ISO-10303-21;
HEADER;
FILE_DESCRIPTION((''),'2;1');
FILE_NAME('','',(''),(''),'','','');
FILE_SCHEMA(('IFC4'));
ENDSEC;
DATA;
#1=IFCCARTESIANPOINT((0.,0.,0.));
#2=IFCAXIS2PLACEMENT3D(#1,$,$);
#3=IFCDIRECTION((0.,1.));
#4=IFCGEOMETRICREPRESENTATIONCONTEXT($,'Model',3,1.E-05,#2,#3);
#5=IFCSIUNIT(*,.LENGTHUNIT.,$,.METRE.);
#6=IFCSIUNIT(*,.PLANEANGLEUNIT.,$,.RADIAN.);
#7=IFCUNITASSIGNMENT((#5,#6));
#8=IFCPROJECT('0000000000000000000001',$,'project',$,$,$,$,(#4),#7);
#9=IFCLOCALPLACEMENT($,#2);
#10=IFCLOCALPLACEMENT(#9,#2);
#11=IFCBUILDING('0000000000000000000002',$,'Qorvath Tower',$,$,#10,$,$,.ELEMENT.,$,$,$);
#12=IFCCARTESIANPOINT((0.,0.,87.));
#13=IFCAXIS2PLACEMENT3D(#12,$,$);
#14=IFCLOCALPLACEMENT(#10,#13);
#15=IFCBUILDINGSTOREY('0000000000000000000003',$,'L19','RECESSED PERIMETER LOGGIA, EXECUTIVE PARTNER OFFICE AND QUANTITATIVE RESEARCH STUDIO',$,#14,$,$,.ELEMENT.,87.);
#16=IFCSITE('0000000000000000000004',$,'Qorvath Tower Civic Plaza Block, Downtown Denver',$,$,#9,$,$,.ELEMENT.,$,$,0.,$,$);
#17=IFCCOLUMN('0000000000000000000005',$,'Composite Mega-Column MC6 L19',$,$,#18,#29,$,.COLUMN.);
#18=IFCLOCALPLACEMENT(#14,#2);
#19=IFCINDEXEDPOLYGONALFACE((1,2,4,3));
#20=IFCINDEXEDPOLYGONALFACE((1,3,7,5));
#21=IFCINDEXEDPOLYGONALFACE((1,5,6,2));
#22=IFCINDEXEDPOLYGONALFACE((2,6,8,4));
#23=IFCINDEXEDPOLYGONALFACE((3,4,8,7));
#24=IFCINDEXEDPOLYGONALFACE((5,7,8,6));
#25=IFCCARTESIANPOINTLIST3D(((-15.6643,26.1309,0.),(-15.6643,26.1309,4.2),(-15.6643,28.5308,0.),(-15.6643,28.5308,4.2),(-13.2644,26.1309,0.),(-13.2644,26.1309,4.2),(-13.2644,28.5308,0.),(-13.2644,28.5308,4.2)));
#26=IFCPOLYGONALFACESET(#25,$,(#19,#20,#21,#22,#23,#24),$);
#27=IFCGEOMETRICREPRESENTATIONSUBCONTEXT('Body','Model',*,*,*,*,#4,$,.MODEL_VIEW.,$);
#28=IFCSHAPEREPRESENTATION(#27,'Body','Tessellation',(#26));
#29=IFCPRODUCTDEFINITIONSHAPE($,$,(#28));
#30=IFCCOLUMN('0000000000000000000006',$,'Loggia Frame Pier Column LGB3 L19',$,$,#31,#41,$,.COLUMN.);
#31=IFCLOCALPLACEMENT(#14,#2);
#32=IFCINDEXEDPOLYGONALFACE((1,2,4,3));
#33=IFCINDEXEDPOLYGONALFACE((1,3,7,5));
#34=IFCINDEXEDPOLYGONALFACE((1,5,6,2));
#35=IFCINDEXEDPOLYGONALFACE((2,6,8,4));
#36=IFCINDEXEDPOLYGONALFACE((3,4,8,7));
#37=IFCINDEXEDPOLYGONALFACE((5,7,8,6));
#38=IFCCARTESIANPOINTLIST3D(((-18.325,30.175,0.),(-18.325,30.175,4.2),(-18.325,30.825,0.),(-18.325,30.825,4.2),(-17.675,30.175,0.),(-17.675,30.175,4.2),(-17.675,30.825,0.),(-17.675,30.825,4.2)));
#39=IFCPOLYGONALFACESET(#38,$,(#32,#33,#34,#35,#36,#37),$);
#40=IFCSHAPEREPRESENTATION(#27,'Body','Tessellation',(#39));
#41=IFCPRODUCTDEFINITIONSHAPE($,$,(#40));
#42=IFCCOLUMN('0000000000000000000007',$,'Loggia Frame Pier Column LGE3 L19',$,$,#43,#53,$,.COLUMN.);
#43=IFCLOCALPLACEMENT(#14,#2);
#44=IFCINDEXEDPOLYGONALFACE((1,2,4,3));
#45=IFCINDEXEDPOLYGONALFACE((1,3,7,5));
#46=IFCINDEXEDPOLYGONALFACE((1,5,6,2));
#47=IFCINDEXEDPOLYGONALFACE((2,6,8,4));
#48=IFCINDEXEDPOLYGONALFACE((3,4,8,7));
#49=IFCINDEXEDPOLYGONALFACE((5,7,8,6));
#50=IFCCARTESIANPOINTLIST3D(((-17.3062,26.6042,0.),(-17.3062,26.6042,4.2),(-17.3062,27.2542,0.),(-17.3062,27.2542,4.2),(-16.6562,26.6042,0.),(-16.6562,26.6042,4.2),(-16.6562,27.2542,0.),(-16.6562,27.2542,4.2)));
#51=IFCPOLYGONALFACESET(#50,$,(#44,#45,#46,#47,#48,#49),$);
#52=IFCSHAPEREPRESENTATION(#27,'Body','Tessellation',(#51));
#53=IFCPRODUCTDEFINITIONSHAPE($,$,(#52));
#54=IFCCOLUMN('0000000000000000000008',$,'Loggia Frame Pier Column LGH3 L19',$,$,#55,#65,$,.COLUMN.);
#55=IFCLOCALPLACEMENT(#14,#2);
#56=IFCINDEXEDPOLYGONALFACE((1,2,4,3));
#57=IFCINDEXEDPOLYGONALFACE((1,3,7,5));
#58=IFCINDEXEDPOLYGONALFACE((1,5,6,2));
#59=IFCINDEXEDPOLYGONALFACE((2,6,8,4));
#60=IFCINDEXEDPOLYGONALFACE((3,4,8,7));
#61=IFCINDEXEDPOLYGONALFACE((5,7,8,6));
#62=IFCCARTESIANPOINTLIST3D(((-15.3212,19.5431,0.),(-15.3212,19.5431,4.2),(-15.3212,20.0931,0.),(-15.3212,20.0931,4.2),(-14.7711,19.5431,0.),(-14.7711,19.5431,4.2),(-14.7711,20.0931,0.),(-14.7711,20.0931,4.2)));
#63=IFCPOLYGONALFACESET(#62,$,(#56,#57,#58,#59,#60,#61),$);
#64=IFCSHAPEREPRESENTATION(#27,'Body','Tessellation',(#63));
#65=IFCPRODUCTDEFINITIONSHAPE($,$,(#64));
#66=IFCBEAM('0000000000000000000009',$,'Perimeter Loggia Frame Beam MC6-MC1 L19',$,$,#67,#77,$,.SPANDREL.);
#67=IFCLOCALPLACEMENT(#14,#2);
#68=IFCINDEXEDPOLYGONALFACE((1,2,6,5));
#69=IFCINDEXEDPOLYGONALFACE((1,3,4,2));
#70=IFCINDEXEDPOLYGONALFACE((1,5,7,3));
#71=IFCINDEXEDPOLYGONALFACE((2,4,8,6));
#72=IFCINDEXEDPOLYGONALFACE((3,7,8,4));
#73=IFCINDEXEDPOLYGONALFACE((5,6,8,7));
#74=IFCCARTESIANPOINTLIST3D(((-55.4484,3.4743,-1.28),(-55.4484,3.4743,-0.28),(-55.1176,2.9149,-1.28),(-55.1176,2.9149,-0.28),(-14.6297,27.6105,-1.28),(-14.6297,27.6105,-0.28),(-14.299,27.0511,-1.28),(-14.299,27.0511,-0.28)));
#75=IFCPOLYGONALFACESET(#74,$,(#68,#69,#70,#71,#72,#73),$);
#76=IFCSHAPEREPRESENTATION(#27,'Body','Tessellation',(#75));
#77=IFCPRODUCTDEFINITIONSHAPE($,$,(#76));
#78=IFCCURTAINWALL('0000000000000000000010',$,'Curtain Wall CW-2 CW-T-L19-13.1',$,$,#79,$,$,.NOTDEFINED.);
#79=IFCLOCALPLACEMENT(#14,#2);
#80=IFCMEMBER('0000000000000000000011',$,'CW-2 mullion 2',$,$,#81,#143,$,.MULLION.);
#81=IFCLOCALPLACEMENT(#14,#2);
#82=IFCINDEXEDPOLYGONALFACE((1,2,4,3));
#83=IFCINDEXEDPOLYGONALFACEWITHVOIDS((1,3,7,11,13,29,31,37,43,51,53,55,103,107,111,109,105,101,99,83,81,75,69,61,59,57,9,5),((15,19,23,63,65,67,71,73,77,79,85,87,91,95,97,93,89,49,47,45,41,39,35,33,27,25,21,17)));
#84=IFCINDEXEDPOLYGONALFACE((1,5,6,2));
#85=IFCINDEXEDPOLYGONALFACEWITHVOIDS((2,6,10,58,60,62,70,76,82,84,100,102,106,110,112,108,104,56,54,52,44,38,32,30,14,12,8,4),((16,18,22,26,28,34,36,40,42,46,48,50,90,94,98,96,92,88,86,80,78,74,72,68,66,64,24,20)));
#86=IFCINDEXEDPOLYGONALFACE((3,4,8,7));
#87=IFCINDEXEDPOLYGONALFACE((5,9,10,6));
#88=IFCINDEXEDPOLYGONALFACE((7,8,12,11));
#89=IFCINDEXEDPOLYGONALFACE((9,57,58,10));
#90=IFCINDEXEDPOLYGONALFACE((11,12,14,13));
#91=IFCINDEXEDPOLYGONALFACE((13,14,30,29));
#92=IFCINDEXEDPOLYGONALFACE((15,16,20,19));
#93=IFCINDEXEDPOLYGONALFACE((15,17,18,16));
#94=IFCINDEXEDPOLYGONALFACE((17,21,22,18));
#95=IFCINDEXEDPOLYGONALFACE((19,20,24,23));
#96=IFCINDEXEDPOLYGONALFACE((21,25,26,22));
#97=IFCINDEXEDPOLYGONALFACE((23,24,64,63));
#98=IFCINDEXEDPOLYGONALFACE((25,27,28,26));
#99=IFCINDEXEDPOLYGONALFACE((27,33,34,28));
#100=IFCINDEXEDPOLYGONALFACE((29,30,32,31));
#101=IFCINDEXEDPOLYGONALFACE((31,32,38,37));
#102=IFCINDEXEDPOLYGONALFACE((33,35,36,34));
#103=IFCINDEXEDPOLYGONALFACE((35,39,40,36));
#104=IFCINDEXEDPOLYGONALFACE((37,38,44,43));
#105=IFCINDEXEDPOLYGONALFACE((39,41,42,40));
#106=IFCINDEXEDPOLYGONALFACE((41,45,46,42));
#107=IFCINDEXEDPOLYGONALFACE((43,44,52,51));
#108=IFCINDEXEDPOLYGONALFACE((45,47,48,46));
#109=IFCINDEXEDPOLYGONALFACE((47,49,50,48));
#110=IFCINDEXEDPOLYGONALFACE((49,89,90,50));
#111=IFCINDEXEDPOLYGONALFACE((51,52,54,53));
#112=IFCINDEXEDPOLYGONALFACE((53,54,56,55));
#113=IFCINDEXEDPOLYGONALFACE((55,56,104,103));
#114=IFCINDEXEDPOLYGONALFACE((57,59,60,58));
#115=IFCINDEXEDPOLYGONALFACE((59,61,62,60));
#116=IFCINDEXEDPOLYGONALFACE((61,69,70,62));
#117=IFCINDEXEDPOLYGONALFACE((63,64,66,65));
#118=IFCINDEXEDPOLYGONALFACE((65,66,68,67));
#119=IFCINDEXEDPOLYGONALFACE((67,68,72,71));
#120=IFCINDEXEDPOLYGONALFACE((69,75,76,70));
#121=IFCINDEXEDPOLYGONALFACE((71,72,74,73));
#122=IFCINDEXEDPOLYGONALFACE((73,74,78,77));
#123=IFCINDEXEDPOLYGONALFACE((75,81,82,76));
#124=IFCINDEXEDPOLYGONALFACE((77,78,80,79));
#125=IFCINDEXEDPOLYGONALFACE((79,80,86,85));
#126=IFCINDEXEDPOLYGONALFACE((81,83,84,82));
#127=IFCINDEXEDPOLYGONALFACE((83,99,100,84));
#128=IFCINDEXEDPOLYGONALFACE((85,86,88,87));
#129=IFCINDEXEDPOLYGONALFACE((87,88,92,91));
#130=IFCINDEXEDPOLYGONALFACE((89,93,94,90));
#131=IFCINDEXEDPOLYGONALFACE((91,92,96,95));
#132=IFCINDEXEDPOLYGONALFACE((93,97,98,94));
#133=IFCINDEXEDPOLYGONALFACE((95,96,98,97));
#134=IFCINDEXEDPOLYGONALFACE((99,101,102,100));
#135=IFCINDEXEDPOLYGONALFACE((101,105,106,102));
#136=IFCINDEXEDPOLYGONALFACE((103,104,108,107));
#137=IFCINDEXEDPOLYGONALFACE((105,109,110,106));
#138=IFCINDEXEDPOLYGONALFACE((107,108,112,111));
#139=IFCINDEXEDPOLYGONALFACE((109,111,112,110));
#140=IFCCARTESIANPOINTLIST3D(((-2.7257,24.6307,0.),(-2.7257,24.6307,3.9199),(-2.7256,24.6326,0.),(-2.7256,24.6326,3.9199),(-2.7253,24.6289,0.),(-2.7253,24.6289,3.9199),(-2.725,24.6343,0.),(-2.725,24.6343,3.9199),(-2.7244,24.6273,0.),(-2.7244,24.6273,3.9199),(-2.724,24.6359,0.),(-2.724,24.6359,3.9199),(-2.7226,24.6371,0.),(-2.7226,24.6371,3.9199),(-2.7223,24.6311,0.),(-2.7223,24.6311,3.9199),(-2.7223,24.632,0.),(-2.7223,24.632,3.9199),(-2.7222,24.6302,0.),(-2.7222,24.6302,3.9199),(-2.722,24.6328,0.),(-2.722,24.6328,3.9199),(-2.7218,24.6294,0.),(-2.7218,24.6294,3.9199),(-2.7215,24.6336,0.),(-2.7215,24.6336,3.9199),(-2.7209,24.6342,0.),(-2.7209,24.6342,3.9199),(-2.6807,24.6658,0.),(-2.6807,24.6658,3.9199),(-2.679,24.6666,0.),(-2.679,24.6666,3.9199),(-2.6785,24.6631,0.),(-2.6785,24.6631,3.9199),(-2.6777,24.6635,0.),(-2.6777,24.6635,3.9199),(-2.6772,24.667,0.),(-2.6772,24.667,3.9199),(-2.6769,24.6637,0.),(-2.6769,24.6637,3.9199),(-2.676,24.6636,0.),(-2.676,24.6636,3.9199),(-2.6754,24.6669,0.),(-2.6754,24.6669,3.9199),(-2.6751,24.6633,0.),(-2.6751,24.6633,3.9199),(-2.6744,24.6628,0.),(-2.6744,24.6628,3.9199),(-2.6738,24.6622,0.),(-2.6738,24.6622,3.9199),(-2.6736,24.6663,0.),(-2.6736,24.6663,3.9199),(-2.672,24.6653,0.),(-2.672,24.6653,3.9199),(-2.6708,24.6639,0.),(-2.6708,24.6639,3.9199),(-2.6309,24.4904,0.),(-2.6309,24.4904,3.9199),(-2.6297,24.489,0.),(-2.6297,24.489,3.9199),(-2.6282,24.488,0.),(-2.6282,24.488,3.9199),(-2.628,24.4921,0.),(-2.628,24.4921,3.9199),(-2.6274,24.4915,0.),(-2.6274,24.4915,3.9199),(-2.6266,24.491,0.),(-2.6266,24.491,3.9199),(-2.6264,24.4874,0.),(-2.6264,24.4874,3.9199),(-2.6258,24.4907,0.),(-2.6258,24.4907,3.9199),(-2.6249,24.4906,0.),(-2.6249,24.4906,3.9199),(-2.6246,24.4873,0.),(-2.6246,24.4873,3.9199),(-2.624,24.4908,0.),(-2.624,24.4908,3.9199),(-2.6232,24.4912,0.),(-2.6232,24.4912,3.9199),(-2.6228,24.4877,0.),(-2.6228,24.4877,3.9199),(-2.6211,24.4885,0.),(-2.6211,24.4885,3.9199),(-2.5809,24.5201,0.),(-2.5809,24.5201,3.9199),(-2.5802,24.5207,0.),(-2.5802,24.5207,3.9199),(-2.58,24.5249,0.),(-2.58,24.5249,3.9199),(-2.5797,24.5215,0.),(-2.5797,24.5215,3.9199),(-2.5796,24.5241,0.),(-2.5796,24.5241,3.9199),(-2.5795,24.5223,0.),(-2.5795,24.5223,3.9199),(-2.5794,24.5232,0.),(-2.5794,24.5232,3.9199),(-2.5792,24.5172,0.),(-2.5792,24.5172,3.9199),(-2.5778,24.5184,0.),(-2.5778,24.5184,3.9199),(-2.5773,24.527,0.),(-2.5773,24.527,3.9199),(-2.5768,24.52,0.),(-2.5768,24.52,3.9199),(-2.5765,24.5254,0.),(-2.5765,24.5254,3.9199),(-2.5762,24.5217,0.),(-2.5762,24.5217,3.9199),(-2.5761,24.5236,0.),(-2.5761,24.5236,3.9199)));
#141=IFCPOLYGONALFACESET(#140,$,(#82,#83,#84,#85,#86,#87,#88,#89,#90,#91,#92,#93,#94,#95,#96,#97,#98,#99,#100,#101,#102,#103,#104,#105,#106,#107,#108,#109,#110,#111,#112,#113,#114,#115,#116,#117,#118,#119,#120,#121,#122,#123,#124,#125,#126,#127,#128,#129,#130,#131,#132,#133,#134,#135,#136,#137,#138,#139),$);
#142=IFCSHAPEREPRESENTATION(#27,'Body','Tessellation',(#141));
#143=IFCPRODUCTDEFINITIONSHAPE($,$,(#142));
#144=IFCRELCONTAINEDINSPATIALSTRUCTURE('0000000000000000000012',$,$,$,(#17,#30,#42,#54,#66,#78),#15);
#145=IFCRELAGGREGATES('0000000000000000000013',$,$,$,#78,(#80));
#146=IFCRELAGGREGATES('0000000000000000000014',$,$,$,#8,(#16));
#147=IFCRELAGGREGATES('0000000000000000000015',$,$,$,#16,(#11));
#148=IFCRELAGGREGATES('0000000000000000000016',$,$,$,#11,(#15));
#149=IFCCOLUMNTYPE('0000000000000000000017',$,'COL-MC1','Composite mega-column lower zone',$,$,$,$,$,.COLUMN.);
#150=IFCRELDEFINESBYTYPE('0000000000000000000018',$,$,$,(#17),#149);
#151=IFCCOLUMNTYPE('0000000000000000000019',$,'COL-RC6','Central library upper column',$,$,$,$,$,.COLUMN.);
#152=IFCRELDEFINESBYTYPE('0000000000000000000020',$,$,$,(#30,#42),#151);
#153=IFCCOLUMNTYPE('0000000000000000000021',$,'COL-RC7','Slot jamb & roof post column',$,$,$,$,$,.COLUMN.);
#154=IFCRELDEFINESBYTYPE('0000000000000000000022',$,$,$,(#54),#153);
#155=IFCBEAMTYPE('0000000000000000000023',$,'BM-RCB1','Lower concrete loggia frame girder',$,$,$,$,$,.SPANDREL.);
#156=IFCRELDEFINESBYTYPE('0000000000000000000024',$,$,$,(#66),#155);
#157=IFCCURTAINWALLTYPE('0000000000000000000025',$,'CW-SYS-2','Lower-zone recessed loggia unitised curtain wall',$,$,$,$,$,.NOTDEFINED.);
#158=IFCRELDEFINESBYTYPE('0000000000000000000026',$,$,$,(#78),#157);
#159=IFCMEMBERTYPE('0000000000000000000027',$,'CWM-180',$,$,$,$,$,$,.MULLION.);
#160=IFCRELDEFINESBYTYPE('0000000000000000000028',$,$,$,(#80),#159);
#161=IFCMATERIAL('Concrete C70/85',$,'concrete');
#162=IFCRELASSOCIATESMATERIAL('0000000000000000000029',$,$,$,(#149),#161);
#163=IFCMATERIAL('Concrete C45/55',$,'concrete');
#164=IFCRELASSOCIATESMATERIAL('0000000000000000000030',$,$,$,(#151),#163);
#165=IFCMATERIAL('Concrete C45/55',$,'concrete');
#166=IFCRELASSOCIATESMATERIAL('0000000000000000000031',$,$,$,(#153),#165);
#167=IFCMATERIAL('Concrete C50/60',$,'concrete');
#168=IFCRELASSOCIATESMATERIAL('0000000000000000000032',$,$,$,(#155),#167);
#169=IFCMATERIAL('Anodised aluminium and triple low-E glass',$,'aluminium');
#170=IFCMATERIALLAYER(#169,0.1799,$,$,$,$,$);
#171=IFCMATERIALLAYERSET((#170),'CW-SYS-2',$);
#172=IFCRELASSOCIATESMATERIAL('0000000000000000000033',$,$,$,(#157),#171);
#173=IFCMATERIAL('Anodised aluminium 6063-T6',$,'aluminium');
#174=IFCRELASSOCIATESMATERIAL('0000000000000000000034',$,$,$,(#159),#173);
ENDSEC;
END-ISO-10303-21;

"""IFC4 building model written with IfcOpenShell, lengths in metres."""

from ifc_helpers import new_model, si_unit, direction, frame, origin, origin_2d, place, context, subcontext, project, spatial, rectangle, hollow_rectangle, extrude, material, layer, layer_set, material_profile, profile_set, type_object, element, aggregate, save


model = new_model("IFC4")

# Units and contexts
model_context = context("Model", 3, precision=1e-05, world=origin(), true_north=direction((0.0, 1.0)))
body_context = subcontext(model_context, "Body", "Model", "MODEL_VIEW")
ifc_project = project(units=[si_unit("LENGTHUNIT", "METRE"), si_unit("PLANEANGLEUNIT", "RADIAN")], contexts=[model_context])

# Site, building, storey
site_placement = place(None, origin())
site = spatial("IfcSite", under=ifc_project, at=site_placement, Name="Qorvath Tower Civic Plaza Block, Downtown Denver", CompositionType="ELEMENT", RefElevation=0.0)
building_placement = place(site_placement, origin())
building = spatial("IfcBuilding", under=site, at=building_placement, Name="Qorvath Tower", CompositionType="ELEMENT")
storey_placement = place(building_placement, frame((0.0, 0.0, 87.0)))
storey = spatial("IfcBuildingStorey", under=building, at=storey_placement, Name="L19", Description="RECESSED PERIMETER LOGGIA, EXECUTIVE PARTNER OFFICE AND QUANTITATIVE RESEARCH STUDIO", CompositionType="ELEMENT", Elevation=87.0)

# Columns
ifc_material_1 = material(Name="Concrete C70/85", Category="concrete")
ifc_material_profile_1 = material_profile(ifc_material_1, rectangle(XDim=2.3999, YDim=2.3999, at=origin_2d()), Name="MC 2400x2400")
ifc_profile_set_1 = profile_set([ifc_material_profile_1], Name="Concrete C70/85")
column_type_1 = type_object("IfcColumnType", Name="COL-MC1", Description="Composite mega-column lower zone", PredefinedType="COLUMN", material=ifc_profile_set_1)
column_1_placement = place(storey_placement, frame((-14.4644, 27.3308, 0.0), z_axis=(0.0, 0.0, 1.0), x_axis=(1.0, 0.0, 0.0)))
element("IfcColumn", 1, at=column_1_placement, inside=storey, type_object=column_type_1, Name="Composite Mega-Column MC6 L19", PredefinedType="COLUMN", context=body_context, shape_type="SweptSolid", body=[
    extrude(rectangle(XDim=2.3999, YDim=2.3999, at=origin_2d()), origin(), (0.0, 0.0, 1.0), 4.2),
])
ifc_material_2 = material(Name="Concrete C45/55", Category="concrete")
ifc_material_profile_2 = material_profile(ifc_material_2, rectangle(XDim=0.6499, YDim=0.6499, at=origin_2d()), Name="RC 650x650")
ifc_profile_set_2 = profile_set([ifc_material_profile_2], Name="Concrete C45/55")
column_type_2 = type_object("IfcColumnType", Name="COL-RC6", Description="Central library upper column", PredefinedType="COLUMN", material=ifc_profile_set_2)
for number, where, z_axis, x_axis, name in (
    (2, (-18.0, 30.5, 0.0), (0.0, 0.0, 1.0), (1.0, 0.0, 0.0), "Loggia Frame Pier Column LGB3 L19"),
    (3, (-16.9812, 26.9292, 0.0), (0.0, 0.0, 1.0), (1.0, 0.0, 0.0), "Loggia Frame Pier Column LGE3 L19"),
):
    element("IfcColumn", number, at=place(storey_placement, frame(where, z_axis=z_axis, x_axis=x_axis)), inside=storey, type_object=column_type_2, Name=name, PredefinedType="COLUMN", context=body_context, shape_type="SweptSolid", body=[
        extrude(rectangle(XDim=0.6499, YDim=0.6499, at=origin_2d()), origin(), (0.0, 0.0, 1.0), 4.2),
    ])
ifc_material_3 = material(Name="Concrete C45/55", Category="concrete")
ifc_material_profile_3 = material_profile(ifc_material_3, rectangle(XDim=0.55, YDim=0.55, at=origin_2d()), Name="RC 550x550")
ifc_profile_set_3 = profile_set([ifc_material_profile_3], Name="Concrete C45/55")
column_type_3 = type_object("IfcColumnType", Name="COL-RC7", Description="Slot jamb & roof post column", PredefinedType="COLUMN", material=ifc_profile_set_3)
column_2_placement = place(storey_placement, frame((-15.0461, 19.8181, 0.0), z_axis=(0.0, 0.0, 1.0), x_axis=(1.0, 0.0, 0.0)))
element("IfcColumn", 4, at=column_2_placement, inside=storey, type_object=column_type_3, Name="Loggia Frame Pier Column LGH3 L19", PredefinedType="COLUMN", context=body_context, shape_type="SweptSolid", body=[
    extrude(rectangle(XDim=0.55, YDim=0.55, at=origin_2d()), origin(), (0.0, 0.0, 1.0), 4.2),
])

# Beam
ifc_material_4 = material(Name="Concrete C50/60", Category="concrete")
ifc_material_profile_4 = material_profile(ifc_material_4, rectangle(XDim=0.6499, YDim=1.0, at=origin_2d()), Name="RCB 1000x650")
ifc_profile_set_4 = profile_set([ifc_material_profile_4], Name="Concrete C50/60")
beam_type = type_object("IfcBeamType", Name="BM-RCB1", Description="Lower concrete loggia frame girder", PredefinedType="SPANDREL", material=ifc_profile_set_4)
beam_placement = place(storey_placement, frame((-14.4644, 27.3308, -0.78), z_axis=(-0.860777, -0.508982, 0.0), x_axis=(0.508982, -0.860777, 0.0)))
element("IfcBeam", 5, at=beam_placement, inside=storey, type_object=beam_type, Name="Perimeter Loggia Frame Beam MC6-MC1 L19", PredefinedType="SPANDREL", context=body_context, shape_type="SweptSolid", body=[
    extrude(rectangle(XDim=0.6499, YDim=1.0, at=origin_2d()), origin(), (0.0, 0.0, 1.0), 47.4207),
])

# Curtain wall, member
ifc_material_5 = material(Name="Anodised aluminium and triple low-E glass", Category="aluminium")
ifc_layer_1 = layer(ifc_material_5, 0.1799)
ifc_layer_set_1 = layer_set([ifc_layer_1], Name="CW-SYS-2")
curtain_wall_type = type_object("IfcCurtainWallType", Name="CW-SYS-2", Description="Lower-zone recessed loggia unitised curtain wall", PredefinedType="NOTDEFINED", material=ifc_layer_set_1)
curtain_wall_1_placement = place(storey_placement, origin())
curtain_wall_1 = element("IfcCurtainWall", 6, at=curtain_wall_1_placement, inside=storey, type_object=curtain_wall_type, Name="Curtain Wall CW-2 CW-T-L19-13.1", PredefinedType="NOTDEFINED")
ifc_material_6 = material(Name="Anodised aluminium 6063-T6", Category="aluminium")
ifc_material_profile_5 = material_profile(ifc_material_6, hollow_rectangle(XDim=0.0649, YDim=0.1799, WallThickness=0.0034, InnerFilletRadius=0.0034, OuterFilletRadius=0.0071, at=origin_2d()), Name="CWM 180x65")
ifc_profile_set_5 = profile_set([ifc_material_profile_5], Name="Anodised aluminium 6063-T6")
member_type_1 = type_object("IfcMemberType", Name="CWM-180", PredefinedType="MULLION", material=ifc_profile_set_5)
member_1_placement = place(storey_placement, frame((-2.6509, 24.5771, 0.0), z_axis=(0.0, 0.0, 1.0), x_axis=(-0.82575, -0.564036, 0.0)))
member_1 = element("IfcMember", 7, at=member_1_placement, type_object=member_type_1, Name="CW-2 mullion 2", PredefinedType="MULLION", context=body_context, shape_type="SweptSolid", body=[
    extrude(hollow_rectangle(XDim=0.0649, YDim=0.1799, WallThickness=0.0034, InnerFilletRadius=0.0034, OuterFilletRadius=0.0071, at=origin_2d()), origin(), (0.0, 0.0, 1.0), 3.9199),
])

aggregate(curtain_wall_1, [member_1])

save(model, "model.ifc")
